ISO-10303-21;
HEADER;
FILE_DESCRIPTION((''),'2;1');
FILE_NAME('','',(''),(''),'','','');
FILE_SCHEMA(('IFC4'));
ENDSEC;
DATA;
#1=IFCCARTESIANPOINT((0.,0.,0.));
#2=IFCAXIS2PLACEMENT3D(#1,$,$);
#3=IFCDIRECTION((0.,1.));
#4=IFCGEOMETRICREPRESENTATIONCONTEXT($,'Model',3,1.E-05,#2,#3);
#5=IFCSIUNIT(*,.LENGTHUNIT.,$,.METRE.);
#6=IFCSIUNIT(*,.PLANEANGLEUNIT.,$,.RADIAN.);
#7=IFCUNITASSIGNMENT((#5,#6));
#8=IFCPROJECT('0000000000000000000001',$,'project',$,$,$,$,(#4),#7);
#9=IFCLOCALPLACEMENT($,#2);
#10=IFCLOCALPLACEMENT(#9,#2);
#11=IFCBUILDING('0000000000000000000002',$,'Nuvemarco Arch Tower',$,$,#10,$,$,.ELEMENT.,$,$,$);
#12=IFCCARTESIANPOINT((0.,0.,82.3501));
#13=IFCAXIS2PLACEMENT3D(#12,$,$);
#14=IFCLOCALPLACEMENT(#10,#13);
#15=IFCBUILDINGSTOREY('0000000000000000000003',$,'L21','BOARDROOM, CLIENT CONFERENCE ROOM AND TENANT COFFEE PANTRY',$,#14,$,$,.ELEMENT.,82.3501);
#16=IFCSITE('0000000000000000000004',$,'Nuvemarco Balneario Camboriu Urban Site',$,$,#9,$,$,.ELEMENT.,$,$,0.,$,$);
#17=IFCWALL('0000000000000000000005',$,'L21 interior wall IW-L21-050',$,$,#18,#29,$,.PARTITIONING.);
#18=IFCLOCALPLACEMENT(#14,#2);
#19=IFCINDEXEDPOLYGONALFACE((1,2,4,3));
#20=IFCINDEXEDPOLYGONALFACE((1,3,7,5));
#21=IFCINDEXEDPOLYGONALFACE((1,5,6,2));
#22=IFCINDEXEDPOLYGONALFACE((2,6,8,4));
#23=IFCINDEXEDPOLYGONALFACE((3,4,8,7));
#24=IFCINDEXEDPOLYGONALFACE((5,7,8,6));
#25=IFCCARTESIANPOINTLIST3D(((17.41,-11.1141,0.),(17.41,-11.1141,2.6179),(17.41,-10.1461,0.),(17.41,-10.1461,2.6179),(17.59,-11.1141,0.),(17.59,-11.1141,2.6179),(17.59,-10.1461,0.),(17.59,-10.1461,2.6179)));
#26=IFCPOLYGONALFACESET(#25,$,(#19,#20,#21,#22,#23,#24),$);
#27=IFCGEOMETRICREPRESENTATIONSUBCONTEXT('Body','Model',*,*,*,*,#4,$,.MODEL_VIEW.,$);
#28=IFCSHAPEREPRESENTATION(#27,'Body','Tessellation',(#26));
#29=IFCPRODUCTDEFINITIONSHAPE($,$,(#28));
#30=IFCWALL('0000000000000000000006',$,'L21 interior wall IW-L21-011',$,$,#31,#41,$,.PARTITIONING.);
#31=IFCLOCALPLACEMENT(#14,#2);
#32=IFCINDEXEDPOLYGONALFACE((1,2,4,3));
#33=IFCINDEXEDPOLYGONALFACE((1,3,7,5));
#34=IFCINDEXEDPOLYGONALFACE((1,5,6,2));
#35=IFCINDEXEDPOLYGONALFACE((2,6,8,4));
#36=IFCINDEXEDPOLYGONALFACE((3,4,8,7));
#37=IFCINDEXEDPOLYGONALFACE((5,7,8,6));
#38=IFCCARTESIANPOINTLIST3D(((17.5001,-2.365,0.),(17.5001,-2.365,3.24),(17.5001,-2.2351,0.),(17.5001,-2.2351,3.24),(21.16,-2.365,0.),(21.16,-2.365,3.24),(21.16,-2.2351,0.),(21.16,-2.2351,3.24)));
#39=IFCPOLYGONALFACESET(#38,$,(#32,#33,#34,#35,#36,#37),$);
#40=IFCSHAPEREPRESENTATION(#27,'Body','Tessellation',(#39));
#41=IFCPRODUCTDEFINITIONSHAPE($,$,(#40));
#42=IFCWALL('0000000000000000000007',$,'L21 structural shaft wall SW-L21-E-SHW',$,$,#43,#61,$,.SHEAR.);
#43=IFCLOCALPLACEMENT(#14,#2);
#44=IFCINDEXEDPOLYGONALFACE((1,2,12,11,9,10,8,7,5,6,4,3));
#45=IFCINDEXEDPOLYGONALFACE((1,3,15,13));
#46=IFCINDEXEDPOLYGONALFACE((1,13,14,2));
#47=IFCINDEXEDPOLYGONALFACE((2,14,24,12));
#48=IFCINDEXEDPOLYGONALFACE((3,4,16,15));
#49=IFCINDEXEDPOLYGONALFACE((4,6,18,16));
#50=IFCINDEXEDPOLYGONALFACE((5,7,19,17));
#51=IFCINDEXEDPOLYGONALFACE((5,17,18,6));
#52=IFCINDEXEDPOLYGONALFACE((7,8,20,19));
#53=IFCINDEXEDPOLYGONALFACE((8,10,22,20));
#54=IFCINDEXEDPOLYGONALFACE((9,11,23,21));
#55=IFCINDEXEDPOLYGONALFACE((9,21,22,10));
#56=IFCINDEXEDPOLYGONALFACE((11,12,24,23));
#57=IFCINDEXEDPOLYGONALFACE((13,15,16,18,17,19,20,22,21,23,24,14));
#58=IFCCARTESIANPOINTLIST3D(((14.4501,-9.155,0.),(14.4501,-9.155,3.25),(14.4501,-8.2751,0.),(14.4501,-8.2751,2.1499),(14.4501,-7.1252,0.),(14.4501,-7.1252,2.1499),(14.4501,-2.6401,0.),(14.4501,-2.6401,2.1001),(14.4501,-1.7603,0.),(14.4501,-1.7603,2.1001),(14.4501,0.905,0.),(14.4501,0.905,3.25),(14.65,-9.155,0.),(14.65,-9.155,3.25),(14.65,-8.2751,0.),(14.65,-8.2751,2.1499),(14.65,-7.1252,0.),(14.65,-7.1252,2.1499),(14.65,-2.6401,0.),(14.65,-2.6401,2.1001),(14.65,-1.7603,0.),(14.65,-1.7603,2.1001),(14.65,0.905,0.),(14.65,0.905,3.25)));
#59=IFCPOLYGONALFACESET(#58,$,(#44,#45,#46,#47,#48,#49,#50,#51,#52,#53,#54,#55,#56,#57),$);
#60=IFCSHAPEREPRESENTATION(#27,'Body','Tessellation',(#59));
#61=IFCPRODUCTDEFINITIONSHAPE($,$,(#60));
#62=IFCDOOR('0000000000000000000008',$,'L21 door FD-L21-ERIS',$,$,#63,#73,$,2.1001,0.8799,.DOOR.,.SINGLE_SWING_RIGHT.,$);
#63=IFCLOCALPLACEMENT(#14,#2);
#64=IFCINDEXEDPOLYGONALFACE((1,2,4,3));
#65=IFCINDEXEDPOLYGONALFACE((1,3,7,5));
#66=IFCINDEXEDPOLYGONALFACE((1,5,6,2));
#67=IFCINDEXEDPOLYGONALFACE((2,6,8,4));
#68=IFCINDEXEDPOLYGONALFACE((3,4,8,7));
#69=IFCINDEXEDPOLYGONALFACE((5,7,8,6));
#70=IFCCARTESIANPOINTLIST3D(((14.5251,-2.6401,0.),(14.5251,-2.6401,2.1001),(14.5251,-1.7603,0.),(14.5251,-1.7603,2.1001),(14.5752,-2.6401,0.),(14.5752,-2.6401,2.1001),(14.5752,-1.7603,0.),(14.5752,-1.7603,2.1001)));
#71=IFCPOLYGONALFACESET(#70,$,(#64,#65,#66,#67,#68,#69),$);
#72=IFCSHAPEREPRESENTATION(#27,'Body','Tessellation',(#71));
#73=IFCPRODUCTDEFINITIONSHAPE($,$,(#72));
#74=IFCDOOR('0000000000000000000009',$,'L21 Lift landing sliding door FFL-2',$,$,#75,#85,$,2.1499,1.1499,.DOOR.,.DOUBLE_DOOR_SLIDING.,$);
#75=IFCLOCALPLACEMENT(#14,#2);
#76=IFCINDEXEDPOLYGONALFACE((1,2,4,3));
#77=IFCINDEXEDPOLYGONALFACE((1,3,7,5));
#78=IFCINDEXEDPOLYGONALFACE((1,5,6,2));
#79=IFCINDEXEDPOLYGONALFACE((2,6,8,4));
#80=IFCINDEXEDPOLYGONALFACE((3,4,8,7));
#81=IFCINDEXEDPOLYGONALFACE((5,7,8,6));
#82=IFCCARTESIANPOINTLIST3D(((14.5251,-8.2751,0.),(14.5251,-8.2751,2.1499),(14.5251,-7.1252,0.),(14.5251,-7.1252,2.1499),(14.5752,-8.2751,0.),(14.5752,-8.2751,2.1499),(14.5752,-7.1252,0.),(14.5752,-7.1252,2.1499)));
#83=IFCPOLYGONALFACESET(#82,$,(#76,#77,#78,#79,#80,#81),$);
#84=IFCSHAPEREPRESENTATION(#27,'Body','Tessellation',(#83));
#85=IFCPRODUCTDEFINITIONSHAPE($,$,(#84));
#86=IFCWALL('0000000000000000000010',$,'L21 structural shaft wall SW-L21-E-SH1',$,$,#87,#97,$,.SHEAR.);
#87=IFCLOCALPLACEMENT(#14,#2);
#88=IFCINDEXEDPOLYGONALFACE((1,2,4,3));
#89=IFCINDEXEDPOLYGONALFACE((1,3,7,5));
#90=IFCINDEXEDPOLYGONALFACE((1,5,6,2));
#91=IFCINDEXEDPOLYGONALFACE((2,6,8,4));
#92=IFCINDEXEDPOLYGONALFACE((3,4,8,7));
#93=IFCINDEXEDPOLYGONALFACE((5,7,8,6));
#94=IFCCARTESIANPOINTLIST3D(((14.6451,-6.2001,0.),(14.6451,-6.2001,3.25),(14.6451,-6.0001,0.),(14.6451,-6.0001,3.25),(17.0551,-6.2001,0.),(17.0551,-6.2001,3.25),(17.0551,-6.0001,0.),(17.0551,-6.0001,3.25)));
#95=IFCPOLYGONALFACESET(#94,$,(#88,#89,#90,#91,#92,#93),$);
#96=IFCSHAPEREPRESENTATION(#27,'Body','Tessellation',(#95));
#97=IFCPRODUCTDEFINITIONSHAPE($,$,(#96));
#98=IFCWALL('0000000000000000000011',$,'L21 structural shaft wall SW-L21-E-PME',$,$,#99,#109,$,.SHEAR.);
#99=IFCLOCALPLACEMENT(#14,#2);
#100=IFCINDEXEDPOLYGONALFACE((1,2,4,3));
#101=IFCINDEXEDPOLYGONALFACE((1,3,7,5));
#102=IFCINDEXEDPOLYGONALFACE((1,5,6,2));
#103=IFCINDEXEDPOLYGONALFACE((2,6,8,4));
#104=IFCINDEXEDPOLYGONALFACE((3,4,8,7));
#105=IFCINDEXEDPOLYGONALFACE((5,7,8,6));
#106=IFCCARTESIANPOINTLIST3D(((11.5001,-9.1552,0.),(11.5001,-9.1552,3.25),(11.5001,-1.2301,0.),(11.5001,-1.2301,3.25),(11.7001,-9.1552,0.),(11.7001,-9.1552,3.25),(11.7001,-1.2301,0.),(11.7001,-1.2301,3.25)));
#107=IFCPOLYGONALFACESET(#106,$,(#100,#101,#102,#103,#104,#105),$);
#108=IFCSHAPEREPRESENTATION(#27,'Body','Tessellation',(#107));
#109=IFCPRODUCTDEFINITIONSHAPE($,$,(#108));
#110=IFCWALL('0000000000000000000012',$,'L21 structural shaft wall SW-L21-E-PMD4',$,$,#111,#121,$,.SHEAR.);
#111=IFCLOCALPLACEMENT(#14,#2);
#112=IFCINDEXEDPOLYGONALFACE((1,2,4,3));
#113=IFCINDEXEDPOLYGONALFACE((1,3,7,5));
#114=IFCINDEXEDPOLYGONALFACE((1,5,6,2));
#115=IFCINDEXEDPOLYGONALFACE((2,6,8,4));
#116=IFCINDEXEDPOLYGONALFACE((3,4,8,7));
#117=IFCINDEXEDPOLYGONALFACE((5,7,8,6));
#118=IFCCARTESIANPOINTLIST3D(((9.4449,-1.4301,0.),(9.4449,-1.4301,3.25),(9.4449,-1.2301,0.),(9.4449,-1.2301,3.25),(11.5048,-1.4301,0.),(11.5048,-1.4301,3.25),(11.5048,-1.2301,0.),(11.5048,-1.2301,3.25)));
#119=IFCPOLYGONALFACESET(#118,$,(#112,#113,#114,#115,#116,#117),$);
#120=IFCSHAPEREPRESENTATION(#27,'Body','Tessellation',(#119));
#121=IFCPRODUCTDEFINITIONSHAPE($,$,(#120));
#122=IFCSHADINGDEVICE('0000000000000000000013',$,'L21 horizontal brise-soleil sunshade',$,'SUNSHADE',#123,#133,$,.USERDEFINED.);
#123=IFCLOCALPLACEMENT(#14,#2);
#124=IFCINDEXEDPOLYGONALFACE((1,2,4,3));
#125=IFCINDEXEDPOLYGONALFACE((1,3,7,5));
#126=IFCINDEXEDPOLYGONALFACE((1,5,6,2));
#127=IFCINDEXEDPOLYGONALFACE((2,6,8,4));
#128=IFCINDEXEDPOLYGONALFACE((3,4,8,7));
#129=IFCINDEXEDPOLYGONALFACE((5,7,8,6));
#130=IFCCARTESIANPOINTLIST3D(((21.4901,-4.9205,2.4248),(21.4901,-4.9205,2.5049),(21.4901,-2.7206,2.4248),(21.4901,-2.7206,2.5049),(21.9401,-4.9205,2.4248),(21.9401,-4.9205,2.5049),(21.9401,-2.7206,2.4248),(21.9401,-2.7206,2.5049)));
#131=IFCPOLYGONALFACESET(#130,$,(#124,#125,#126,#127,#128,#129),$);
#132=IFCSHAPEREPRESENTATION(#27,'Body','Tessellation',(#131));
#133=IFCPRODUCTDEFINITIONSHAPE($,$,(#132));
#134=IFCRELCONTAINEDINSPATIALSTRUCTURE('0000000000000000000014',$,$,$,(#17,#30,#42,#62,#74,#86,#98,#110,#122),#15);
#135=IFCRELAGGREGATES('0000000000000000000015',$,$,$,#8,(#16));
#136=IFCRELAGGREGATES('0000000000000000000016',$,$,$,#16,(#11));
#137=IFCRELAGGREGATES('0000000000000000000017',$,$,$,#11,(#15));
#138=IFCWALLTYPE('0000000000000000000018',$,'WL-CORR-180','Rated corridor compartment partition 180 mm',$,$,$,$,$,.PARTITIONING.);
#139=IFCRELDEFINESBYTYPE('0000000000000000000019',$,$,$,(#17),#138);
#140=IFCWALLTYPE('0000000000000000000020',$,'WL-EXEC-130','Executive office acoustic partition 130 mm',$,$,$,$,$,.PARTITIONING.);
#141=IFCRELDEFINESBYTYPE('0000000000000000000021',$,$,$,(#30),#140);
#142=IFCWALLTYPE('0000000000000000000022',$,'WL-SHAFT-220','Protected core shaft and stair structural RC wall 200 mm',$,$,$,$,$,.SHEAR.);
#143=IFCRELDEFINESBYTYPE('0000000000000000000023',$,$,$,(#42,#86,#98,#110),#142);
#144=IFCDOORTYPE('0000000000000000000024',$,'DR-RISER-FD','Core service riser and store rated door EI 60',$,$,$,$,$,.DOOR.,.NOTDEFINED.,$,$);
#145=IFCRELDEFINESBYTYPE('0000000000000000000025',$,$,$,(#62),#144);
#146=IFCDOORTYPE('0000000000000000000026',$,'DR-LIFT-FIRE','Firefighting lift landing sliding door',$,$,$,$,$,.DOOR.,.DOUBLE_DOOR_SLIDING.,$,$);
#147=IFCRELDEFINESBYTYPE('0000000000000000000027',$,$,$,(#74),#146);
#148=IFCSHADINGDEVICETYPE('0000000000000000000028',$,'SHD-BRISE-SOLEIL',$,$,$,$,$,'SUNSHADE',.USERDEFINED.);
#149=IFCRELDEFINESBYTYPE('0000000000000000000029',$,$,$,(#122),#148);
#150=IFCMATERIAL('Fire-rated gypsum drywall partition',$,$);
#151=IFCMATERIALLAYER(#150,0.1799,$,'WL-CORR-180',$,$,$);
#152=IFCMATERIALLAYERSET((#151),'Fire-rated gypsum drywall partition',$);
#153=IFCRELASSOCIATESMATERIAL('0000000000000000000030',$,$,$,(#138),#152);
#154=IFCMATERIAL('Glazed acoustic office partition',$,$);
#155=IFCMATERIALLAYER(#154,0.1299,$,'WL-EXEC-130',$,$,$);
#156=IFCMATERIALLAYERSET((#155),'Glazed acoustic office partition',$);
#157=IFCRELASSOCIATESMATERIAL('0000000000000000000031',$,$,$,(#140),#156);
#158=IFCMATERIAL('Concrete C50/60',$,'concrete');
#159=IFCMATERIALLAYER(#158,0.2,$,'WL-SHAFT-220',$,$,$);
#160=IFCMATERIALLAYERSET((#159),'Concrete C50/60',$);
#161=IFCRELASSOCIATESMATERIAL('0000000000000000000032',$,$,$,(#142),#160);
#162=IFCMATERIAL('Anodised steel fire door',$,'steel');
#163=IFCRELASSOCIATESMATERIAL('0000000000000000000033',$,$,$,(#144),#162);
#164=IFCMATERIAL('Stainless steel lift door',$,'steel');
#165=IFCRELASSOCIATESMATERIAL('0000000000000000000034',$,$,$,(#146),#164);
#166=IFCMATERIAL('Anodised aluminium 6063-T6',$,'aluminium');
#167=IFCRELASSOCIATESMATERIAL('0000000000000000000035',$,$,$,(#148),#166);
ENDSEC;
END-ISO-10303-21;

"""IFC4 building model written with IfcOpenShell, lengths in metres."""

from ifc_helpers import new_model, si_unit, direction, frame, frame_2d, origin, origin_2d, place, context, subcontext, project, spatial, rectangle, extrude, source, transform, mapped, material, layer, layer_set, type_object, type_shapes, element, fill, save


model = new_model("IFC4")

# Units and contexts
model_context = context("Model", 3, precision=1e-05, world=origin(), true_north=direction((0.0, 1.0)))
body_context = subcontext(model_context, "Body", "Model", "MODEL_VIEW")
ifc_project = project(units=[si_unit("LENGTHUNIT", "METRE"), si_unit("PLANEANGLEUNIT", "RADIAN")], contexts=[model_context])

# Site, building, storey
site_placement = place(None, origin())
site = spatial("IfcSite", under=ifc_project, at=site_placement, Name="Nuvemarco Balneario Camboriu Urban Site", CompositionType="ELEMENT", RefElevation=0.0)
building_placement = place(site_placement, origin())
building = spatial("IfcBuilding", under=site, at=building_placement, Name="Nuvemarco Arch Tower", CompositionType="ELEMENT")
storey_placement = place(building_placement, frame((0.0, 0.0, 82.3501)))
storey = spatial("IfcBuildingStorey", under=building, at=storey_placement, Name="L21", Description="BOARDROOM, CLIENT CONFERENCE ROOM AND TENANT COFFEE PANTRY", CompositionType="ELEMENT", Elevation=82.3501)

# Walls
ifc_material_1 = material(Name="Fire-rated gypsum drywall partition")
ifc_layer_1 = layer(ifc_material_1, 0.1799, Name="WL-CORR-180")
ifc_layer_set_1 = layer_set([ifc_layer_1], Name="Fire-rated gypsum drywall partition")
wall_type_1 = type_object("IfcWallType", Name="WL-CORR-180", Description="Rated corridor compartment partition 180 mm", PredefinedType="PARTITIONING", material=ifc_layer_set_1)
wall_1_placement = place(storey_placement, frame((17.5, -11.114, 0.0), z_axis=(0.0, 0.0, 1.0), x_axis=(0.0, 1.0, 0.0)))
element("IfcWall", 1, at=wall_1_placement, inside=storey, type_object=wall_type_1, Name="L21 interior wall IW-L21-050", PredefinedType="PARTITIONING", context=body_context, shape_type="SweptSolid", body=[
    extrude(rectangle(XDim=0.968, YDim=0.1799, at=frame_2d((0.4839, 0.0))), origin(), (0.0, 0.0, 1.0), 2.6179),
])
ifc_material_2 = material(Name="Glazed acoustic office partition")
ifc_layer_2 = layer(ifc_material_2, 0.1299, Name="WL-EXEC-130")
ifc_layer_set_2 = layer_set([ifc_layer_2], Name="Glazed acoustic office partition")
wall_type_2 = type_object("IfcWallType", Name="WL-EXEC-130", Description="Executive office acoustic partition 130 mm", PredefinedType="PARTITIONING", material=ifc_layer_set_2)
wall_2_placement = place(storey_placement, frame((17.5, -2.3, 0.0), z_axis=(0.0, 0.0, 1.0), x_axis=(1.0, 0.0, 0.0)))
element("IfcWall", 2, at=wall_2_placement, inside=storey, type_object=wall_type_2, Name="L21 interior wall IW-L21-011", PredefinedType="PARTITIONING", context=body_context, shape_type="SweptSolid", body=[
    extrude(rectangle(XDim=3.6599, YDim=0.1299, at=frame_2d((1.8301, 0.0))), origin(), (0.0, 0.0, 1.0), 3.24),
])

# Wall, openings, doors
ifc_material_3 = material(Name="Concrete C50/60", Category="concrete")
ifc_layer_3 = layer(ifc_material_3, 0.2, Name="WL-SHAFT-220")
ifc_layer_set_3 = layer_set([ifc_layer_3], Name="Concrete C50/60")
wall_type_3 = type_object("IfcWallType", Name="WL-SHAFT-220", Description="Protected core shaft and stair structural RC wall 200 mm", PredefinedType="SHEAR", material=ifc_layer_set_3)
wall_3_placement = place(storey_placement, frame((14.55, -9.155, 0.0), z_axis=(0.0, 0.0, 1.0), x_axis=(0.0, 1.0, 0.0)))
wall_3 = element("IfcWall", 3, at=wall_3_placement, inside=storey, type_object=wall_type_3, Name="L21 structural shaft wall SW-L21-E-SHW", PredefinedType="SHEAR", context=body_context, shape_type="SweptSolid", body=[
    extrude(rectangle(XDim=10.0601, YDim=0.2, at=frame_2d((5.03, 0.0))), origin(), (0.0, 0.0, 1.0), 3.25),
])
opening_1_placement = place(wall_3_placement, frame((6.5149, 0.0, 0.0)))
opening_1 = element("IfcOpeningElement", 4, at=opening_1_placement, cuts=wall_3, PredefinedType="OPENING", context=body_context, shape_type="SweptSolid", body=[
    extrude(rectangle(XDim=0.8799, YDim=2.1001, at=frame_2d((0.4399, 1.05))), frame((0.0, 0.1099, 0.0), z_axis=(0.0, -1.0, 0.0), x_axis=(1.0, 0.0, 0.0)), (0.0, 0.0, 1.0), 0.22),
])
opening_2_placement = place(wall_3_placement, frame((0.8799, 0.0, 0.0)))
opening_2 = element("IfcOpeningElement", 5, at=opening_2_placement, cuts=wall_3, PredefinedType="OPENING", context=body_context, shape_type="SweptSolid", body=[
    extrude(rectangle(XDim=1.1499, YDim=2.1499, at=frame_2d((0.575, 1.075))), frame((0.0, 0.1099, 0.0), z_axis=(0.0, -1.0, 0.0), x_axis=(1.0, 0.0, 0.0)), (0.0, 0.0, 1.0), 0.22),
])
ifc_material_4 = material(Name="Anodised steel fire door", Category="steel")
door_type_1 = type_object("IfcDoorType", Name="DR-RISER-FD", Description="Core service riser and store rated door EI 60", OperationType="NOTDEFINED", PredefinedType="DOOR", material=ifc_material_4)
shared_shape_1 = source(origin(), body_context, "Body", "SweptSolid", [
    extrude(rectangle(XDim=0.8799, YDim=2.1001, at=frame_2d((0.4399, 1.05))), frame((0.0, 0.0249, 0.0), z_axis=(0.0, -1.0, 0.0), x_axis=(1.0, 0.0, 0.0)), (0.0, 0.0, 1.0), 0.05),
])
type_shapes(door_type_1, [shared_shape_1])
door_1_placement = place(opening_1_placement, origin())
door_1 = element("IfcDoor", 6, at=door_1_placement, inside=storey, type_object=door_type_1, Name="L21 door FD-L21-ERIS", OperationType="SINGLE_SWING_RIGHT", OverallHeight=2.1001, OverallWidth=0.8799, PredefinedType="DOOR", context=body_context, shape_type="MappedRepresentation", body=[
    mapped(shared_shape_1, transform((0.0, 0.0, 0.0), scale=1.0)),
])
fill(opening_1, door_1)
ifc_material_5 = material(Name="Stainless steel lift door", Category="steel")
door_type_2 = type_object("IfcDoorType", Name="DR-LIFT-FIRE", Description="Firefighting lift landing sliding door", OperationType="DOUBLE_DOOR_SLIDING", PredefinedType="DOOR", material=ifc_material_5)
shared_shape_2 = source(origin(), body_context, "Body", "SweptSolid", [
    extrude(rectangle(XDim=1.1499, YDim=2.1499, at=frame_2d((0.575, 1.075))), frame((0.0, 0.0249, 0.0), z_axis=(0.0, -1.0, 0.0), x_axis=(1.0, 0.0, 0.0)), (0.0, 0.0, 1.0), 0.05),
])
type_shapes(door_type_2, [shared_shape_2])
door_2_placement = place(opening_2_placement, origin())
door_2 = element("IfcDoor", 7, at=door_2_placement, inside=storey, type_object=door_type_2, Name="L21 Lift landing sliding door FFL-2", OperationType="DOUBLE_DOOR_SLIDING", OverallHeight=2.1499, OverallWidth=1.1499, PredefinedType="DOOR", context=body_context, shape_type="MappedRepresentation", body=[
    mapped(shared_shape_2, transform((0.0, 0.0, 0.0), scale=1.0)),
])
fill(opening_2, door_2)

# Walls
wall_4_placement = place(storey_placement, frame((14.645, -6.1001, 0.0), z_axis=(0.0, 0.0, 1.0), x_axis=(1.0, 0.0, 0.0)))
element("IfcWall", 8, at=wall_4_placement, inside=storey, type_object=wall_type_3, Name="L21 structural shaft wall SW-L21-E-SH1", PredefinedType="SHEAR", context=body_context, shape_type="SweptSolid", body=[
    extrude(rectangle(XDim=2.4099, YDim=0.2, at=frame_2d((1.2051, 0.0))), origin(), (0.0, 0.0, 1.0), 3.25),
])
wall_5_placement = place(storey_placement, frame((11.6001, -9.155, 0.0), z_axis=(0.0, 0.0, 1.0), x_axis=(0.0, 1.0, 0.0)))
element("IfcWall", 9, at=wall_5_placement, inside=storey, type_object=wall_type_3, Name="L21 structural shaft wall SW-L21-E-PME", PredefinedType="SHEAR", context=body_context, shape_type="SweptSolid", body=[
    extrude(rectangle(XDim=7.925, YDim=0.2, at=frame_2d((3.9624, 0.0))), origin(), (0.0, 0.0, 1.0), 3.25),
])

# Wall
wall_6_placement = place(storey_placement, frame((9.4451, -1.3301, 0.0), z_axis=(0.0, 0.0, 1.0), x_axis=(1.0, 0.0, 0.0)))
element("IfcWall", 10, at=wall_6_placement, inside=storey, type_object=wall_type_3, Name="L21 structural shaft wall SW-L21-E-PMD4", PredefinedType="SHEAR", context=body_context, shape_type="SweptSolid", body=[
    extrude(rectangle(XDim=2.0598, YDim=0.2, at=frame_2d((1.0298, 0.0))), origin(), (0.0, 0.0, 1.0), 3.25),
])

# Shading device
ifc_material_6 = material(Name="Anodised aluminium 6063-T6", Category="aluminium")
shading_device_type = type_object("IfcShadingDeviceType", Name="SHD-BRISE-SOLEIL", ElementType="SUNSHADE", PredefinedType="USERDEFINED", material=ifc_material_6)
shared_shape_3 = source(origin(), body_context, "Body", "SweptSolid", [
    extrude(rectangle(XDim=2.2, YDim=0.45, at=origin_2d()), origin(), (0.0, 0.0, 1.0), 0.0801),
])
type_shapes(shading_device_type, [shared_shape_3])
shading_device_placement = place(storey_placement, frame((21.7151, -3.8206, 2.4248), z_axis=(0.0, 0.0, 1.0), x_axis=(0.0, 1.0, 0.0)))
element("IfcShadingDevice", 11, at=shading_device_placement, inside=storey, type_object=shading_device_type, Name="L21 horizontal brise-soleil sunshade", ObjectType="SUNSHADE", PredefinedType="USERDEFINED", context=body_context, shape_type="MappedRepresentation", body=[
    mapped(shared_shape_3, transform((0.0, 0.0, 0.0), scale=1.0)),
])

save(model, "model.ifc")
